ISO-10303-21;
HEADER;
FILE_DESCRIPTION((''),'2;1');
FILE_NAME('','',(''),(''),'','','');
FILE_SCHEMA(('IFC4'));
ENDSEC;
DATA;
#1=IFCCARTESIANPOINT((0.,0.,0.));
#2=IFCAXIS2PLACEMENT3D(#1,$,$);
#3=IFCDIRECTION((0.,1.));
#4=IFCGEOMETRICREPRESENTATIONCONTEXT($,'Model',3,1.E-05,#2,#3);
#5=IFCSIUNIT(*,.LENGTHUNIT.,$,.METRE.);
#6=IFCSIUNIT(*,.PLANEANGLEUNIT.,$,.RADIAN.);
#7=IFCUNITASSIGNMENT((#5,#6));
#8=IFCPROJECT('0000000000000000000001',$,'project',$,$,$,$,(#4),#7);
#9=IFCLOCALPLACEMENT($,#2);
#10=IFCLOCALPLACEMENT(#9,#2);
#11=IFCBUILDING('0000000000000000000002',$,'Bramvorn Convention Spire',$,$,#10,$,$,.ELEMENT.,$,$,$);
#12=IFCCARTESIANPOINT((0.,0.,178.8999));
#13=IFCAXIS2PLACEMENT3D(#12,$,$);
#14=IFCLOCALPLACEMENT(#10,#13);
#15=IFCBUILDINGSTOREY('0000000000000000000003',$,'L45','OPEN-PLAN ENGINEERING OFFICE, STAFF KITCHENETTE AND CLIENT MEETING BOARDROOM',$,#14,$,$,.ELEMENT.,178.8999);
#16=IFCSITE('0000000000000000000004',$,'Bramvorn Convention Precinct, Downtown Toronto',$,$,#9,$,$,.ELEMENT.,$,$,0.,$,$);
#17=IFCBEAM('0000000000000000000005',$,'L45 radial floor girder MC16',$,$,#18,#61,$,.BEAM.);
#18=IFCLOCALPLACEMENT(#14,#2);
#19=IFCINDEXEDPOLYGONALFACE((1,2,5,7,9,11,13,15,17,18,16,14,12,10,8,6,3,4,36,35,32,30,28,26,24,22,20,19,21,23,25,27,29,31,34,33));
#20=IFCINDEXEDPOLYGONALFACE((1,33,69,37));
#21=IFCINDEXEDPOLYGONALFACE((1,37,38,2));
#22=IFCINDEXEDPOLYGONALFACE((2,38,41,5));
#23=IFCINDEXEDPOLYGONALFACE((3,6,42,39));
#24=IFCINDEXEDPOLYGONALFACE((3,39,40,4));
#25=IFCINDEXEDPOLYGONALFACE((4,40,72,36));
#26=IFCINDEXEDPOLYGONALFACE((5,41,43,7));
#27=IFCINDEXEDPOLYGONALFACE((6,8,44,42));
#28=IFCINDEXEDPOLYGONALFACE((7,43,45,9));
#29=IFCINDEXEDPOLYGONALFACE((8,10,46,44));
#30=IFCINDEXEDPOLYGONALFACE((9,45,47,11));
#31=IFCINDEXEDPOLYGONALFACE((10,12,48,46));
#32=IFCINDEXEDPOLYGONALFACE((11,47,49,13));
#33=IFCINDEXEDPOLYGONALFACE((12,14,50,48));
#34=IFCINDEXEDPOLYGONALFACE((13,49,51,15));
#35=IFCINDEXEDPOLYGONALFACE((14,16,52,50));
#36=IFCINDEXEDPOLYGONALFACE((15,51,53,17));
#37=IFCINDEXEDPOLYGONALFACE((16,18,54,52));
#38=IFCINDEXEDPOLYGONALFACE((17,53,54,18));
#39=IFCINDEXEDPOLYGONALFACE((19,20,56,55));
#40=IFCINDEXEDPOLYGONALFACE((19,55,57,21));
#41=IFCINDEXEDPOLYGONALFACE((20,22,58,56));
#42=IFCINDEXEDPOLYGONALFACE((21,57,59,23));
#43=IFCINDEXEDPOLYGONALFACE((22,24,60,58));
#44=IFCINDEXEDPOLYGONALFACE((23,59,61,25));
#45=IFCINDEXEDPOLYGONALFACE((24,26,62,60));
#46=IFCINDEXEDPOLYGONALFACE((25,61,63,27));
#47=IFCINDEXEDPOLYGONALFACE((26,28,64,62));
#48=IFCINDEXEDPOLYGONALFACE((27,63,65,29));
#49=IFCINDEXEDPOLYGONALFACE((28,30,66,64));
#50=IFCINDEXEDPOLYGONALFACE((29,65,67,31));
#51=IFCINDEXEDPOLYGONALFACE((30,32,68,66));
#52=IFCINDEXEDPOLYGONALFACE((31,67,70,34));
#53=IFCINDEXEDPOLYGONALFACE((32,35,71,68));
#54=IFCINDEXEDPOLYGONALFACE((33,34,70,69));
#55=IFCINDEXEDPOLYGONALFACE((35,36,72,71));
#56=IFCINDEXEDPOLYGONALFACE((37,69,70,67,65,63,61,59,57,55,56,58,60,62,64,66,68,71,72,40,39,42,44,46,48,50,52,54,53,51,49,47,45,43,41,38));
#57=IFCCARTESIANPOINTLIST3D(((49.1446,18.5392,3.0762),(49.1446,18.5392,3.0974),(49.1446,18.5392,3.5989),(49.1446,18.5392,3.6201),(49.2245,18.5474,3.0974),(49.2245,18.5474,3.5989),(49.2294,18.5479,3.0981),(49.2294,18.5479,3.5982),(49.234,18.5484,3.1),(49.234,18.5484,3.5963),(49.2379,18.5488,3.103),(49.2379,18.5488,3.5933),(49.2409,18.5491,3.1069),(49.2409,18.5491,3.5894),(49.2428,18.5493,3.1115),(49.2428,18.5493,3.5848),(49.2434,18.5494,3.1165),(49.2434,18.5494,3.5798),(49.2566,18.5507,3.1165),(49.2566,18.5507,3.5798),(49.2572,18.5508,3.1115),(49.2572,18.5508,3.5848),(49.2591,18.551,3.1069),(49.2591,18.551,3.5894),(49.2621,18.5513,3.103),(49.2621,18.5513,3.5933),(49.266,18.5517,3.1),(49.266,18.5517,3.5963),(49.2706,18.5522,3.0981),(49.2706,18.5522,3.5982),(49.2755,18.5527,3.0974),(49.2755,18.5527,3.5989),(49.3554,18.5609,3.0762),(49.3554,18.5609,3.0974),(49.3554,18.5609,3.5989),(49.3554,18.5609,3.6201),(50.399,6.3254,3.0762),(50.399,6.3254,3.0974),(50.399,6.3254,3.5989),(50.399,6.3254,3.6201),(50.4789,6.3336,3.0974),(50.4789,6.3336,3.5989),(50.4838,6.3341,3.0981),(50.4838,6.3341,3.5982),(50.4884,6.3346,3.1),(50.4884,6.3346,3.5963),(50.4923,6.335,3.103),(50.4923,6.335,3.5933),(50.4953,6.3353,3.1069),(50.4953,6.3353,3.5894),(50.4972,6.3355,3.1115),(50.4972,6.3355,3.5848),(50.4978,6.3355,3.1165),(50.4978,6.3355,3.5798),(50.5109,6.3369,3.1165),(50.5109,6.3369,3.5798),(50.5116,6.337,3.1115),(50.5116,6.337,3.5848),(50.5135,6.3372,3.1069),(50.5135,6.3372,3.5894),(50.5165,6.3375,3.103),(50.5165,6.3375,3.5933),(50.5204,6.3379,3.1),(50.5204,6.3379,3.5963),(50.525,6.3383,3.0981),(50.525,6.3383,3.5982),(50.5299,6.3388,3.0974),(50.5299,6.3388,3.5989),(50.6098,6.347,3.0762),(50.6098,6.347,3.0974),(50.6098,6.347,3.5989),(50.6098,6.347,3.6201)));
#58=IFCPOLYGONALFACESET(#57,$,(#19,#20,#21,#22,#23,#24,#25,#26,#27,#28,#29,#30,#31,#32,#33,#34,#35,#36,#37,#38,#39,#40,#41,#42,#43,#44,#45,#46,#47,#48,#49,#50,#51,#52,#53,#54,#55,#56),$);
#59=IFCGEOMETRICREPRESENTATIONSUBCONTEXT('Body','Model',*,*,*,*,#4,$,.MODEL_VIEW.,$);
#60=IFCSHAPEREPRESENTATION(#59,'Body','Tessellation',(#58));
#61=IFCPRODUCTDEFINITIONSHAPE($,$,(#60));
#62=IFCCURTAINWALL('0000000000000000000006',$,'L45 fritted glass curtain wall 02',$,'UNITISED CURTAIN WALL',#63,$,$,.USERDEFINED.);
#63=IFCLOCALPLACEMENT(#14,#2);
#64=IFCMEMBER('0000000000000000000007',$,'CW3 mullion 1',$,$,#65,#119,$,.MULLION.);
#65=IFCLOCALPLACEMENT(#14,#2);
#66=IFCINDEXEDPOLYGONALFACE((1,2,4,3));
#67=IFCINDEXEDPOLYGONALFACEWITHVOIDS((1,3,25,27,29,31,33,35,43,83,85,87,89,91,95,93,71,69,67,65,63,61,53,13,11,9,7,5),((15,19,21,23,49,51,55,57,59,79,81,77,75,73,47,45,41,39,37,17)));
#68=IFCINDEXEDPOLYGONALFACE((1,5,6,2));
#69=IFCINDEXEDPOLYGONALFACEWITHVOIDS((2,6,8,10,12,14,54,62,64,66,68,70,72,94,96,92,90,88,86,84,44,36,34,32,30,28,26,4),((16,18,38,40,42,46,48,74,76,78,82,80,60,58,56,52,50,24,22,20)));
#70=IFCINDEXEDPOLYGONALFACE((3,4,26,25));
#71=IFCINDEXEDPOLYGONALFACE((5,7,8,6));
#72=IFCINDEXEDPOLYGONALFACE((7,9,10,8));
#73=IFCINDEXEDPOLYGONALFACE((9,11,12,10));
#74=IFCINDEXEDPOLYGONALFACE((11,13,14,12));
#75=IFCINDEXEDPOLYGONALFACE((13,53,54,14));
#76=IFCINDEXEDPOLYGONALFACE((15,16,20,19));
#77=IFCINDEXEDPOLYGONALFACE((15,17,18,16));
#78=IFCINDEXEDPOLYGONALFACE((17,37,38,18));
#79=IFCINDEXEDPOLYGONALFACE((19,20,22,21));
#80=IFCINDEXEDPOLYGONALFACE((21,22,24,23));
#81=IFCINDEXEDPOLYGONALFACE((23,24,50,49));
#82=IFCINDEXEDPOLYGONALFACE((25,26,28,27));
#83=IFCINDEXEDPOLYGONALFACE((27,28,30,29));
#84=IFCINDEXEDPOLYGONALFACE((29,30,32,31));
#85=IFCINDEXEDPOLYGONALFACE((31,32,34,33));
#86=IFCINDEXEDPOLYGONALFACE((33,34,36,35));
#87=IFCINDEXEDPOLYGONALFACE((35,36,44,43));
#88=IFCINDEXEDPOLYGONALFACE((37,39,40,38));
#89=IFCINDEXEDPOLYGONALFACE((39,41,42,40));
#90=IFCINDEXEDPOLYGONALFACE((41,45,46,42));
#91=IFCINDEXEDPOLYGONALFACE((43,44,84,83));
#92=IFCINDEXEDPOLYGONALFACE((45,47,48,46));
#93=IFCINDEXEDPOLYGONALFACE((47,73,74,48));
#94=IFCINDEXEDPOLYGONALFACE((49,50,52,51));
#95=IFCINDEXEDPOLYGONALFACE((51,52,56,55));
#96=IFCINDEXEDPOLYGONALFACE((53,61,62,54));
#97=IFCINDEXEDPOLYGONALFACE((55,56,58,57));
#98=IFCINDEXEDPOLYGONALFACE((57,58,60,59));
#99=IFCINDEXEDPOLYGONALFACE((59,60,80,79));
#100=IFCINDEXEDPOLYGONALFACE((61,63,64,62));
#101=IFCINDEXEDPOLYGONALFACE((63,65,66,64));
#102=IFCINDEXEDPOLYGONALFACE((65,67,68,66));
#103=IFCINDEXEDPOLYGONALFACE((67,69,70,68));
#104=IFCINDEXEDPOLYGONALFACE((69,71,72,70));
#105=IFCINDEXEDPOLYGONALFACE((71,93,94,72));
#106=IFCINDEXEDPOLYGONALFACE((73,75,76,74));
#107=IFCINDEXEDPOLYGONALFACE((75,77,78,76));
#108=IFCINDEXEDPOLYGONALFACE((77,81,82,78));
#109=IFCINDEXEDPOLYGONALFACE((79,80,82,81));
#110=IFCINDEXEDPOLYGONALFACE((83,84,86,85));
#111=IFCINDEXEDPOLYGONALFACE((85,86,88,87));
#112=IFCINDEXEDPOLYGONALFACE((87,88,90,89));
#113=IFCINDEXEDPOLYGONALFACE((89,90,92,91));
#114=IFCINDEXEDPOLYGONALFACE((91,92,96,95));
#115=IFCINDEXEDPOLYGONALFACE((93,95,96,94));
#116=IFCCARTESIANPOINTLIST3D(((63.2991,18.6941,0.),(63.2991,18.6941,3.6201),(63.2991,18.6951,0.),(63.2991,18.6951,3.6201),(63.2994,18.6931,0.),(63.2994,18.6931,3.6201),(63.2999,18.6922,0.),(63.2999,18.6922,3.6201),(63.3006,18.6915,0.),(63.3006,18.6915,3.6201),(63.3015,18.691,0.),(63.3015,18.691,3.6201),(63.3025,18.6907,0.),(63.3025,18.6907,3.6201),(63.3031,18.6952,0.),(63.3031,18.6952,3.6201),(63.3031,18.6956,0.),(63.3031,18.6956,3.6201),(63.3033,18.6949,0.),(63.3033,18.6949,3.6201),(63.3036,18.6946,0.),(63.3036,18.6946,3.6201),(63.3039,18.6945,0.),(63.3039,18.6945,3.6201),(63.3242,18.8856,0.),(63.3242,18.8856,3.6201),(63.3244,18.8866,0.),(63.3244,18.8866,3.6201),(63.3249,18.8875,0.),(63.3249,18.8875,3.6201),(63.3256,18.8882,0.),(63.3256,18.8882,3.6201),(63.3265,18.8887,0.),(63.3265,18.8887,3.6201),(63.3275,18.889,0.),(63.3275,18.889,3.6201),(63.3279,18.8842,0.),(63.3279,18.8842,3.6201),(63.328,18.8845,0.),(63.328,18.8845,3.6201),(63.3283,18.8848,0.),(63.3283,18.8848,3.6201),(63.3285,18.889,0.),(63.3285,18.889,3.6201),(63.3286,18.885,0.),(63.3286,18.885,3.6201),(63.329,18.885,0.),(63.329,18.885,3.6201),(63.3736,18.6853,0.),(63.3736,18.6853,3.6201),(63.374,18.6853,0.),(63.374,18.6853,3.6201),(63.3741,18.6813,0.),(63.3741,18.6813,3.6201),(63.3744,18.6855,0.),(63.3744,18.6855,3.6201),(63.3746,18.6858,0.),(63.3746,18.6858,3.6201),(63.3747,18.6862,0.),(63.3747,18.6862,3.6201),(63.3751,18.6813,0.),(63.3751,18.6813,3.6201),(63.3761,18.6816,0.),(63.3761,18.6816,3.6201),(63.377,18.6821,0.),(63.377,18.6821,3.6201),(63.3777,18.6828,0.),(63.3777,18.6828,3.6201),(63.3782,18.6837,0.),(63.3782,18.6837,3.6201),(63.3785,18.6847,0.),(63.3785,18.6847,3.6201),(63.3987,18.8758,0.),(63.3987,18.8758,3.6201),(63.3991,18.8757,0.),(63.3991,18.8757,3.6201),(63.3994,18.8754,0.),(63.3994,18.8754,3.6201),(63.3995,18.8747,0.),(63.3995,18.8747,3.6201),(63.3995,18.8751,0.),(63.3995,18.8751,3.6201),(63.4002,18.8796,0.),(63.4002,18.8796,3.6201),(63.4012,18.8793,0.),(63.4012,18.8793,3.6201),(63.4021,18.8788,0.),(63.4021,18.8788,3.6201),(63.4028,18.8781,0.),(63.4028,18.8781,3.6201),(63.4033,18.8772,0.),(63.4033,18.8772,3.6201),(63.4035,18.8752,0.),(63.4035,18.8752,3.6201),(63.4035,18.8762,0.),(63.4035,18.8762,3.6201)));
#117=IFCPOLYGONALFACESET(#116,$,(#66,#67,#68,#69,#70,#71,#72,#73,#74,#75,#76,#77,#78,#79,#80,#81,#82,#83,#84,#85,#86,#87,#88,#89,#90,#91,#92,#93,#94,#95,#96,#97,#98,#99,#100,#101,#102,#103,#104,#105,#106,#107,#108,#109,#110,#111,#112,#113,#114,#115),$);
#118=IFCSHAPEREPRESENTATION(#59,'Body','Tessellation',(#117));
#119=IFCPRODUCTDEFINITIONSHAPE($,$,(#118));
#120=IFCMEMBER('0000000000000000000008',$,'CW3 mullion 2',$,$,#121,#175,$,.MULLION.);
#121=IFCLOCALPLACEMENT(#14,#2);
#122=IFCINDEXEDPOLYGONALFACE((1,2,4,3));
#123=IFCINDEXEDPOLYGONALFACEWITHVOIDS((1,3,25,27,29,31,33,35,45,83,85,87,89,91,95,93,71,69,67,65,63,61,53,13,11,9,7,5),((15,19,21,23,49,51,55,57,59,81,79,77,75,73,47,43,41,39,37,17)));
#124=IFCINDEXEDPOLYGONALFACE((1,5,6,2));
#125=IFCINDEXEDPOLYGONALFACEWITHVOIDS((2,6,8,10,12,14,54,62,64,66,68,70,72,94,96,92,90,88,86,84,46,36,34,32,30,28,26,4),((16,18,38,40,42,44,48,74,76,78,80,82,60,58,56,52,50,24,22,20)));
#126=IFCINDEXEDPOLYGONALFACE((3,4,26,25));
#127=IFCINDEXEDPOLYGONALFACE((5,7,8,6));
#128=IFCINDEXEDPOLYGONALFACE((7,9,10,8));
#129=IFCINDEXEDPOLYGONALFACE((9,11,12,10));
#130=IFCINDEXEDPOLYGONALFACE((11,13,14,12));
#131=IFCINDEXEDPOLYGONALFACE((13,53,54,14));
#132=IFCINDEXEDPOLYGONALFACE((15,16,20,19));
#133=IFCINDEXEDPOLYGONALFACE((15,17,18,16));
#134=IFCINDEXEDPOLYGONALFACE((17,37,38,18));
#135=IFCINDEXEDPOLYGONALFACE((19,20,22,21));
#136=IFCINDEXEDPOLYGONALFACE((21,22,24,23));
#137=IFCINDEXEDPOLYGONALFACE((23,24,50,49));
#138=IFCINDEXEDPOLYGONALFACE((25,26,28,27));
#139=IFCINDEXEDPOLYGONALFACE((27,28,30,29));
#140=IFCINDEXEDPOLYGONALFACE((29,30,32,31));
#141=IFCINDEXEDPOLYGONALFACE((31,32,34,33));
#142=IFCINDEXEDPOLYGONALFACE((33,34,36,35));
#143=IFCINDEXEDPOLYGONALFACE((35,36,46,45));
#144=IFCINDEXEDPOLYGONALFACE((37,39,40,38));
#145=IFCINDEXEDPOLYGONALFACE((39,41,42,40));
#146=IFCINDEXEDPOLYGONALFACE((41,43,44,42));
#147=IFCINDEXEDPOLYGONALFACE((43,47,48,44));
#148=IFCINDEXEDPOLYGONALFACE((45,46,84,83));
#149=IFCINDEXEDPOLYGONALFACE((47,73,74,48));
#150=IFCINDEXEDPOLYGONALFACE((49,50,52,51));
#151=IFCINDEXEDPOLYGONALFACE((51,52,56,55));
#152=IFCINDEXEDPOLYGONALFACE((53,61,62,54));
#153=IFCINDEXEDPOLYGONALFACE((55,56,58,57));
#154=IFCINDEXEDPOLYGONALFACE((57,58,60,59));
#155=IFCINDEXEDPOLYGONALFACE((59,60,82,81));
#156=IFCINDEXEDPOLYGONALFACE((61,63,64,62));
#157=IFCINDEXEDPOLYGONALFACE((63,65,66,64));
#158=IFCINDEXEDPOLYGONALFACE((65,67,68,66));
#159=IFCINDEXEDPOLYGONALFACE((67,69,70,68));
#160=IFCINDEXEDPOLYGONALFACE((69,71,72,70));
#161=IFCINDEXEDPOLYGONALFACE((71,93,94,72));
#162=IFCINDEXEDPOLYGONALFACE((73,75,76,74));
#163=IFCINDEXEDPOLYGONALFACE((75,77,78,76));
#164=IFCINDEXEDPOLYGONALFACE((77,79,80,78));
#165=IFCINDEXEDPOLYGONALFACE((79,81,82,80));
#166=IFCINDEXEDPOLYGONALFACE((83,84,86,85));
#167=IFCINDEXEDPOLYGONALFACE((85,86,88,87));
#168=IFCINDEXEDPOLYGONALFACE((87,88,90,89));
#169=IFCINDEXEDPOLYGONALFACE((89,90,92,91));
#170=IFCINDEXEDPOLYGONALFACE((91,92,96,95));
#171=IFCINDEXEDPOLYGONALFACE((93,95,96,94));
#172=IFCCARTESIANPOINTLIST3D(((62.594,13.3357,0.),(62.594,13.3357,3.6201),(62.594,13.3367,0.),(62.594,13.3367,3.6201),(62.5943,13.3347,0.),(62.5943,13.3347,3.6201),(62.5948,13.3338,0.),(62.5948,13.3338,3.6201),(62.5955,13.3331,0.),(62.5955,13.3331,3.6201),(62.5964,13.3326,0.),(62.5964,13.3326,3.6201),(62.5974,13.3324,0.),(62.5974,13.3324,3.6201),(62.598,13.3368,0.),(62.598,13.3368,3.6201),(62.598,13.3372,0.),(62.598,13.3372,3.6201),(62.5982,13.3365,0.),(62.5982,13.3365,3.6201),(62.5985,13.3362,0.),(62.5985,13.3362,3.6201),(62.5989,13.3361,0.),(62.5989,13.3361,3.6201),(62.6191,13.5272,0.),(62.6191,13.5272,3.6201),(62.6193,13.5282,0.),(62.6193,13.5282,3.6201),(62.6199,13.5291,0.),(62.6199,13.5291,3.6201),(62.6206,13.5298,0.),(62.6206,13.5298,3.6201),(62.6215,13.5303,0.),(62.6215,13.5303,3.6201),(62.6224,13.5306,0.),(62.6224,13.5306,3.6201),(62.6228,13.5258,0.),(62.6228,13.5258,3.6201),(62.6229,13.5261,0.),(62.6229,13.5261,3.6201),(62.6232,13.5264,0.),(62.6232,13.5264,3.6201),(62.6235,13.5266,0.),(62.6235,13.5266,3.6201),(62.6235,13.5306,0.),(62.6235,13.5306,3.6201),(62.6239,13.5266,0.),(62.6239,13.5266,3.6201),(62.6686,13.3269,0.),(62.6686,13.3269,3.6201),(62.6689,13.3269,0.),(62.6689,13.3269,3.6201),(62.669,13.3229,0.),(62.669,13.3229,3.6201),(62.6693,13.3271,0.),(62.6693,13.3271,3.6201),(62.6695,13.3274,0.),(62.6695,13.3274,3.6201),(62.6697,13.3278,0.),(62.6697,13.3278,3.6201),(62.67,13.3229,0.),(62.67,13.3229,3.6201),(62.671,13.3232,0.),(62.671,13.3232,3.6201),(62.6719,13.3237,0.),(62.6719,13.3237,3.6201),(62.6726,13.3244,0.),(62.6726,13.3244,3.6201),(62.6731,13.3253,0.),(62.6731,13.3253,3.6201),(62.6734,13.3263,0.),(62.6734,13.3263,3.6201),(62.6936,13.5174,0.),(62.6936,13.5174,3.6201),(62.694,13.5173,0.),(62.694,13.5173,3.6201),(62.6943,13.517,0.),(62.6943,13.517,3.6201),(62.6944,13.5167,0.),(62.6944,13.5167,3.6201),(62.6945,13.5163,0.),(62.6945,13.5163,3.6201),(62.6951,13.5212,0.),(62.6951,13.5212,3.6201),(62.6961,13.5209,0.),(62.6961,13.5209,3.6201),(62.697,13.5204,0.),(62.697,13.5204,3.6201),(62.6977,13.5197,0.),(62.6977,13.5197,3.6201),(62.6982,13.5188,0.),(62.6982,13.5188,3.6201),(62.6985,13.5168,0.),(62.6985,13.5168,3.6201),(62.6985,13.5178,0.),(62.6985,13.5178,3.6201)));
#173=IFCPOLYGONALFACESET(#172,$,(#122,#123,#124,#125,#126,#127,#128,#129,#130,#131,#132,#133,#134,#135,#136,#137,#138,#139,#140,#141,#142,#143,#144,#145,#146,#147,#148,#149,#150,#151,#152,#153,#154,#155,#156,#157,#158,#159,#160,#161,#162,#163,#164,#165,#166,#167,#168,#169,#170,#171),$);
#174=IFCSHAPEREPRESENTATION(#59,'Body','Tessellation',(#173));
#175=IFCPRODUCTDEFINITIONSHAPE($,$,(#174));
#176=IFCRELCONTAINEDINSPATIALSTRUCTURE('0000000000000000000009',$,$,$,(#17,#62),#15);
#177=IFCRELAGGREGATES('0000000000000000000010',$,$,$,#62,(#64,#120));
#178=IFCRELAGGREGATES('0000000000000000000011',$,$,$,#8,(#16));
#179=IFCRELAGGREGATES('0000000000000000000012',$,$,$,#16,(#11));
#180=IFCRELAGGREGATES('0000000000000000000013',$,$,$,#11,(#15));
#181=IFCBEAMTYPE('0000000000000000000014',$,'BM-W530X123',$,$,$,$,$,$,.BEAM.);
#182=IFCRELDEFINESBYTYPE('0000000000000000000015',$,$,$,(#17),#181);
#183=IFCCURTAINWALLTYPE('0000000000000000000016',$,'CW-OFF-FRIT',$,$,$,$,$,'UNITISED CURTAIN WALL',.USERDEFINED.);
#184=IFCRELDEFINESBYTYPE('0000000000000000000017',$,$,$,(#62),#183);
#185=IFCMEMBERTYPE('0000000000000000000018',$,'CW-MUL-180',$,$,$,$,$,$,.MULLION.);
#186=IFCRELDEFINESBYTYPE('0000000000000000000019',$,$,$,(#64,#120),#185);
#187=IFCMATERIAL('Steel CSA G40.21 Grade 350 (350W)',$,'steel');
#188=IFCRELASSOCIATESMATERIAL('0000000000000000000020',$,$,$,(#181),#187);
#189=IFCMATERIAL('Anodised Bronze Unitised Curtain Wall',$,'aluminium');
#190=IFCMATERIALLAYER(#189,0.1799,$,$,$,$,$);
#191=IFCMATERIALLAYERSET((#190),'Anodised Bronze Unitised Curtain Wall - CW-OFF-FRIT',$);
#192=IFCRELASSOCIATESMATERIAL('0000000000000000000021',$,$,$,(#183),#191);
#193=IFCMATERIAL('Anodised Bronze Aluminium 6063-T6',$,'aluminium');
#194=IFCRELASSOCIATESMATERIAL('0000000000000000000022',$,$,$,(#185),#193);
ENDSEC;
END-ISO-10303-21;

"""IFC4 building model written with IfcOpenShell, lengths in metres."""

from ifc_helpers import new_model, si_unit, direction, frame, origin, origin_2d, place, context, subcontext, project, spatial, hollow_rectangle, i_section, extrude, material, layer, layer_set, material_profile, profile_set, type_object, element, aggregate, save


model = new_model("IFC4")

# Units and contexts
model_context = context("Model", 3, precision=1e-05, world=origin(), true_north=direction((0.0, 1.0)))
body_context = subcontext(model_context, "Body", "Model", "MODEL_VIEW")
ifc_project = project(units=[si_unit("LENGTHUNIT", "METRE"), si_unit("PLANEANGLEUNIT", "RADIAN")], contexts=[model_context])

# Site, building, storey
site_placement = place(None, origin())
site = spatial("IfcSite", under=ifc_project, at=site_placement, Name="Bramvorn Convention Precinct, Downtown Toronto", CompositionType="ELEMENT", RefElevation=0.0)
building_placement = place(site_placement, origin())
building = spatial("IfcBuilding", under=site, at=building_placement, Name="Bramvorn Convention Spire", CompositionType="ELEMENT")
storey_placement = place(building_placement, frame((0.0, 0.0, 178.8999)))
storey = spatial("IfcBuildingStorey", under=building, at=storey_placement, Name="L45", Description="OPEN-PLAN ENGINEERING OFFICE, STAFF KITCHENETTE AND CLIENT MEETING BOARDROOM", CompositionType="ELEMENT", Elevation=178.8999)

# Shared definitions
ifc_material_1 = material(Name="Steel CSA G40.21 Grade 350 (350W)", Category="steel")

# Beam
ifc_material_profile_1 = material_profile(ifc_material_1, i_section(OverallWidth=0.2119, OverallDepth=0.5439, WebThickness=0.0132, FlangeThickness=0.0212, FilletRadius=0.019, at=origin_2d()))
ifc_profile_set_1 = profile_set([ifc_material_profile_1], Name="Steel CSA G40.21 Grade 350 (350W) - W530X123")
beam_type_1 = type_object("IfcBeamType", Name="BM-W530X123", PredefinedType="BEAM", material=ifc_profile_set_1)
beam_1_placement = place(storey_placement, frame((49.25, 18.55, 3.3481), z_axis=(0.102165, -0.994767, 0.0), x_axis=(0.994767, 0.102165, 0.0)))
element("IfcBeam", 1, at=beam_1_placement, inside=storey, type_object=beam_type_1, Name="L45 radial floor girder MC16", PredefinedType="BEAM", context=body_context, shape_type="SweptSolid", body=[
    extrude(i_section(OverallWidth=0.2119, OverallDepth=0.5439, WebThickness=0.0132, FlangeThickness=0.0212, FilletRadius=0.019, at=origin_2d()), origin(), (0.0, 0.0, 1.0), 12.2781),
])

# Curtain wall, members
ifc_material_2 = material(Name="Anodised Bronze Unitised Curtain Wall", Category="aluminium")
ifc_layer_1 = layer(ifc_material_2, 0.1799)
ifc_layer_set_1 = layer_set([ifc_layer_1], Name="Anodised Bronze Unitised Curtain Wall - CW-OFF-FRIT")
curtain_wall_type = type_object("IfcCurtainWallType", Name="CW-OFF-FRIT", ElementType="UNITISED CURTAIN WALL", PredefinedType="USERDEFINED", material=ifc_layer_set_1)
curtain_wall_1_placement = place(storey_placement, origin())
curtain_wall_1 = element("IfcCurtainWall", 2, at=curtain_wall_1_placement, inside=storey, type_object=curtain_wall_type, Name="L45 fritted glass curtain wall 02", ObjectType="UNITISED CURTAIN WALL", PredefinedType="USERDEFINED")
ifc_material_3 = material(Name="Anodised Bronze Aluminium 6063-T6", Category="aluminium")
ifc_material_profile_2 = material_profile(ifc_material_3, hollow_rectangle(XDim=0.0801, YDim=0.2, WallThickness=0.0039, InnerFilletRadius=0.001, OuterFilletRadius=0.0039, at=origin_2d()))
ifc_profile_set_2 = profile_set([ifc_material_profile_2], Name="Anodised Bronze Aluminium 6063-T6 - CWM80X200")
member_type_1 = type_object("IfcMemberType", Name="CW-MUL-180", PredefinedType="MULLION", material=ifc_profile_set_2)
member_1_placement = place(storey_placement, frame((63.3513, 18.7852, 0.0), z_axis=(0.0, 0.0, 1.0), x_axis=(0.991454, -0.130458, 0.0)))
member_1 = element("IfcMember", 3, at=member_1_placement, type_object=member_type_1, Name="CW3 mullion 1", PredefinedType="MULLION", context=body_context, shape_type="SweptSolid", body=[
    extrude(hollow_rectangle(XDim=0.0801, YDim=0.2, WallThickness=0.0039, InnerFilletRadius=0.001, OuterFilletRadius=0.0039, at=origin_2d()), origin(), (0.0, 0.0, 1.0), 3.6201),
])
member_2_placement = place(storey_placement, frame((62.6462, 13.4268, 0.0), z_axis=(0.0, 0.0, 1.0), x_axis=(0.991454, -0.130458, 0.0)))
member_2 = element("IfcMember", 4, at=member_2_placement, type_object=member_type_1, Name="CW3 mullion 2", PredefinedType="MULLION", context=body_context, shape_type="SweptSolid", body=[
    extrude(hollow_rectangle(XDim=0.0801, YDim=0.2, WallThickness=0.0039, InnerFilletRadius=0.001, OuterFilletRadius=0.0039, at=origin_2d()), origin(), (0.0, 0.0, 1.0), 3.6201),
])

aggregate(curtain_wall_1, [member_1, member_2])

save(model, "model.ifc")
